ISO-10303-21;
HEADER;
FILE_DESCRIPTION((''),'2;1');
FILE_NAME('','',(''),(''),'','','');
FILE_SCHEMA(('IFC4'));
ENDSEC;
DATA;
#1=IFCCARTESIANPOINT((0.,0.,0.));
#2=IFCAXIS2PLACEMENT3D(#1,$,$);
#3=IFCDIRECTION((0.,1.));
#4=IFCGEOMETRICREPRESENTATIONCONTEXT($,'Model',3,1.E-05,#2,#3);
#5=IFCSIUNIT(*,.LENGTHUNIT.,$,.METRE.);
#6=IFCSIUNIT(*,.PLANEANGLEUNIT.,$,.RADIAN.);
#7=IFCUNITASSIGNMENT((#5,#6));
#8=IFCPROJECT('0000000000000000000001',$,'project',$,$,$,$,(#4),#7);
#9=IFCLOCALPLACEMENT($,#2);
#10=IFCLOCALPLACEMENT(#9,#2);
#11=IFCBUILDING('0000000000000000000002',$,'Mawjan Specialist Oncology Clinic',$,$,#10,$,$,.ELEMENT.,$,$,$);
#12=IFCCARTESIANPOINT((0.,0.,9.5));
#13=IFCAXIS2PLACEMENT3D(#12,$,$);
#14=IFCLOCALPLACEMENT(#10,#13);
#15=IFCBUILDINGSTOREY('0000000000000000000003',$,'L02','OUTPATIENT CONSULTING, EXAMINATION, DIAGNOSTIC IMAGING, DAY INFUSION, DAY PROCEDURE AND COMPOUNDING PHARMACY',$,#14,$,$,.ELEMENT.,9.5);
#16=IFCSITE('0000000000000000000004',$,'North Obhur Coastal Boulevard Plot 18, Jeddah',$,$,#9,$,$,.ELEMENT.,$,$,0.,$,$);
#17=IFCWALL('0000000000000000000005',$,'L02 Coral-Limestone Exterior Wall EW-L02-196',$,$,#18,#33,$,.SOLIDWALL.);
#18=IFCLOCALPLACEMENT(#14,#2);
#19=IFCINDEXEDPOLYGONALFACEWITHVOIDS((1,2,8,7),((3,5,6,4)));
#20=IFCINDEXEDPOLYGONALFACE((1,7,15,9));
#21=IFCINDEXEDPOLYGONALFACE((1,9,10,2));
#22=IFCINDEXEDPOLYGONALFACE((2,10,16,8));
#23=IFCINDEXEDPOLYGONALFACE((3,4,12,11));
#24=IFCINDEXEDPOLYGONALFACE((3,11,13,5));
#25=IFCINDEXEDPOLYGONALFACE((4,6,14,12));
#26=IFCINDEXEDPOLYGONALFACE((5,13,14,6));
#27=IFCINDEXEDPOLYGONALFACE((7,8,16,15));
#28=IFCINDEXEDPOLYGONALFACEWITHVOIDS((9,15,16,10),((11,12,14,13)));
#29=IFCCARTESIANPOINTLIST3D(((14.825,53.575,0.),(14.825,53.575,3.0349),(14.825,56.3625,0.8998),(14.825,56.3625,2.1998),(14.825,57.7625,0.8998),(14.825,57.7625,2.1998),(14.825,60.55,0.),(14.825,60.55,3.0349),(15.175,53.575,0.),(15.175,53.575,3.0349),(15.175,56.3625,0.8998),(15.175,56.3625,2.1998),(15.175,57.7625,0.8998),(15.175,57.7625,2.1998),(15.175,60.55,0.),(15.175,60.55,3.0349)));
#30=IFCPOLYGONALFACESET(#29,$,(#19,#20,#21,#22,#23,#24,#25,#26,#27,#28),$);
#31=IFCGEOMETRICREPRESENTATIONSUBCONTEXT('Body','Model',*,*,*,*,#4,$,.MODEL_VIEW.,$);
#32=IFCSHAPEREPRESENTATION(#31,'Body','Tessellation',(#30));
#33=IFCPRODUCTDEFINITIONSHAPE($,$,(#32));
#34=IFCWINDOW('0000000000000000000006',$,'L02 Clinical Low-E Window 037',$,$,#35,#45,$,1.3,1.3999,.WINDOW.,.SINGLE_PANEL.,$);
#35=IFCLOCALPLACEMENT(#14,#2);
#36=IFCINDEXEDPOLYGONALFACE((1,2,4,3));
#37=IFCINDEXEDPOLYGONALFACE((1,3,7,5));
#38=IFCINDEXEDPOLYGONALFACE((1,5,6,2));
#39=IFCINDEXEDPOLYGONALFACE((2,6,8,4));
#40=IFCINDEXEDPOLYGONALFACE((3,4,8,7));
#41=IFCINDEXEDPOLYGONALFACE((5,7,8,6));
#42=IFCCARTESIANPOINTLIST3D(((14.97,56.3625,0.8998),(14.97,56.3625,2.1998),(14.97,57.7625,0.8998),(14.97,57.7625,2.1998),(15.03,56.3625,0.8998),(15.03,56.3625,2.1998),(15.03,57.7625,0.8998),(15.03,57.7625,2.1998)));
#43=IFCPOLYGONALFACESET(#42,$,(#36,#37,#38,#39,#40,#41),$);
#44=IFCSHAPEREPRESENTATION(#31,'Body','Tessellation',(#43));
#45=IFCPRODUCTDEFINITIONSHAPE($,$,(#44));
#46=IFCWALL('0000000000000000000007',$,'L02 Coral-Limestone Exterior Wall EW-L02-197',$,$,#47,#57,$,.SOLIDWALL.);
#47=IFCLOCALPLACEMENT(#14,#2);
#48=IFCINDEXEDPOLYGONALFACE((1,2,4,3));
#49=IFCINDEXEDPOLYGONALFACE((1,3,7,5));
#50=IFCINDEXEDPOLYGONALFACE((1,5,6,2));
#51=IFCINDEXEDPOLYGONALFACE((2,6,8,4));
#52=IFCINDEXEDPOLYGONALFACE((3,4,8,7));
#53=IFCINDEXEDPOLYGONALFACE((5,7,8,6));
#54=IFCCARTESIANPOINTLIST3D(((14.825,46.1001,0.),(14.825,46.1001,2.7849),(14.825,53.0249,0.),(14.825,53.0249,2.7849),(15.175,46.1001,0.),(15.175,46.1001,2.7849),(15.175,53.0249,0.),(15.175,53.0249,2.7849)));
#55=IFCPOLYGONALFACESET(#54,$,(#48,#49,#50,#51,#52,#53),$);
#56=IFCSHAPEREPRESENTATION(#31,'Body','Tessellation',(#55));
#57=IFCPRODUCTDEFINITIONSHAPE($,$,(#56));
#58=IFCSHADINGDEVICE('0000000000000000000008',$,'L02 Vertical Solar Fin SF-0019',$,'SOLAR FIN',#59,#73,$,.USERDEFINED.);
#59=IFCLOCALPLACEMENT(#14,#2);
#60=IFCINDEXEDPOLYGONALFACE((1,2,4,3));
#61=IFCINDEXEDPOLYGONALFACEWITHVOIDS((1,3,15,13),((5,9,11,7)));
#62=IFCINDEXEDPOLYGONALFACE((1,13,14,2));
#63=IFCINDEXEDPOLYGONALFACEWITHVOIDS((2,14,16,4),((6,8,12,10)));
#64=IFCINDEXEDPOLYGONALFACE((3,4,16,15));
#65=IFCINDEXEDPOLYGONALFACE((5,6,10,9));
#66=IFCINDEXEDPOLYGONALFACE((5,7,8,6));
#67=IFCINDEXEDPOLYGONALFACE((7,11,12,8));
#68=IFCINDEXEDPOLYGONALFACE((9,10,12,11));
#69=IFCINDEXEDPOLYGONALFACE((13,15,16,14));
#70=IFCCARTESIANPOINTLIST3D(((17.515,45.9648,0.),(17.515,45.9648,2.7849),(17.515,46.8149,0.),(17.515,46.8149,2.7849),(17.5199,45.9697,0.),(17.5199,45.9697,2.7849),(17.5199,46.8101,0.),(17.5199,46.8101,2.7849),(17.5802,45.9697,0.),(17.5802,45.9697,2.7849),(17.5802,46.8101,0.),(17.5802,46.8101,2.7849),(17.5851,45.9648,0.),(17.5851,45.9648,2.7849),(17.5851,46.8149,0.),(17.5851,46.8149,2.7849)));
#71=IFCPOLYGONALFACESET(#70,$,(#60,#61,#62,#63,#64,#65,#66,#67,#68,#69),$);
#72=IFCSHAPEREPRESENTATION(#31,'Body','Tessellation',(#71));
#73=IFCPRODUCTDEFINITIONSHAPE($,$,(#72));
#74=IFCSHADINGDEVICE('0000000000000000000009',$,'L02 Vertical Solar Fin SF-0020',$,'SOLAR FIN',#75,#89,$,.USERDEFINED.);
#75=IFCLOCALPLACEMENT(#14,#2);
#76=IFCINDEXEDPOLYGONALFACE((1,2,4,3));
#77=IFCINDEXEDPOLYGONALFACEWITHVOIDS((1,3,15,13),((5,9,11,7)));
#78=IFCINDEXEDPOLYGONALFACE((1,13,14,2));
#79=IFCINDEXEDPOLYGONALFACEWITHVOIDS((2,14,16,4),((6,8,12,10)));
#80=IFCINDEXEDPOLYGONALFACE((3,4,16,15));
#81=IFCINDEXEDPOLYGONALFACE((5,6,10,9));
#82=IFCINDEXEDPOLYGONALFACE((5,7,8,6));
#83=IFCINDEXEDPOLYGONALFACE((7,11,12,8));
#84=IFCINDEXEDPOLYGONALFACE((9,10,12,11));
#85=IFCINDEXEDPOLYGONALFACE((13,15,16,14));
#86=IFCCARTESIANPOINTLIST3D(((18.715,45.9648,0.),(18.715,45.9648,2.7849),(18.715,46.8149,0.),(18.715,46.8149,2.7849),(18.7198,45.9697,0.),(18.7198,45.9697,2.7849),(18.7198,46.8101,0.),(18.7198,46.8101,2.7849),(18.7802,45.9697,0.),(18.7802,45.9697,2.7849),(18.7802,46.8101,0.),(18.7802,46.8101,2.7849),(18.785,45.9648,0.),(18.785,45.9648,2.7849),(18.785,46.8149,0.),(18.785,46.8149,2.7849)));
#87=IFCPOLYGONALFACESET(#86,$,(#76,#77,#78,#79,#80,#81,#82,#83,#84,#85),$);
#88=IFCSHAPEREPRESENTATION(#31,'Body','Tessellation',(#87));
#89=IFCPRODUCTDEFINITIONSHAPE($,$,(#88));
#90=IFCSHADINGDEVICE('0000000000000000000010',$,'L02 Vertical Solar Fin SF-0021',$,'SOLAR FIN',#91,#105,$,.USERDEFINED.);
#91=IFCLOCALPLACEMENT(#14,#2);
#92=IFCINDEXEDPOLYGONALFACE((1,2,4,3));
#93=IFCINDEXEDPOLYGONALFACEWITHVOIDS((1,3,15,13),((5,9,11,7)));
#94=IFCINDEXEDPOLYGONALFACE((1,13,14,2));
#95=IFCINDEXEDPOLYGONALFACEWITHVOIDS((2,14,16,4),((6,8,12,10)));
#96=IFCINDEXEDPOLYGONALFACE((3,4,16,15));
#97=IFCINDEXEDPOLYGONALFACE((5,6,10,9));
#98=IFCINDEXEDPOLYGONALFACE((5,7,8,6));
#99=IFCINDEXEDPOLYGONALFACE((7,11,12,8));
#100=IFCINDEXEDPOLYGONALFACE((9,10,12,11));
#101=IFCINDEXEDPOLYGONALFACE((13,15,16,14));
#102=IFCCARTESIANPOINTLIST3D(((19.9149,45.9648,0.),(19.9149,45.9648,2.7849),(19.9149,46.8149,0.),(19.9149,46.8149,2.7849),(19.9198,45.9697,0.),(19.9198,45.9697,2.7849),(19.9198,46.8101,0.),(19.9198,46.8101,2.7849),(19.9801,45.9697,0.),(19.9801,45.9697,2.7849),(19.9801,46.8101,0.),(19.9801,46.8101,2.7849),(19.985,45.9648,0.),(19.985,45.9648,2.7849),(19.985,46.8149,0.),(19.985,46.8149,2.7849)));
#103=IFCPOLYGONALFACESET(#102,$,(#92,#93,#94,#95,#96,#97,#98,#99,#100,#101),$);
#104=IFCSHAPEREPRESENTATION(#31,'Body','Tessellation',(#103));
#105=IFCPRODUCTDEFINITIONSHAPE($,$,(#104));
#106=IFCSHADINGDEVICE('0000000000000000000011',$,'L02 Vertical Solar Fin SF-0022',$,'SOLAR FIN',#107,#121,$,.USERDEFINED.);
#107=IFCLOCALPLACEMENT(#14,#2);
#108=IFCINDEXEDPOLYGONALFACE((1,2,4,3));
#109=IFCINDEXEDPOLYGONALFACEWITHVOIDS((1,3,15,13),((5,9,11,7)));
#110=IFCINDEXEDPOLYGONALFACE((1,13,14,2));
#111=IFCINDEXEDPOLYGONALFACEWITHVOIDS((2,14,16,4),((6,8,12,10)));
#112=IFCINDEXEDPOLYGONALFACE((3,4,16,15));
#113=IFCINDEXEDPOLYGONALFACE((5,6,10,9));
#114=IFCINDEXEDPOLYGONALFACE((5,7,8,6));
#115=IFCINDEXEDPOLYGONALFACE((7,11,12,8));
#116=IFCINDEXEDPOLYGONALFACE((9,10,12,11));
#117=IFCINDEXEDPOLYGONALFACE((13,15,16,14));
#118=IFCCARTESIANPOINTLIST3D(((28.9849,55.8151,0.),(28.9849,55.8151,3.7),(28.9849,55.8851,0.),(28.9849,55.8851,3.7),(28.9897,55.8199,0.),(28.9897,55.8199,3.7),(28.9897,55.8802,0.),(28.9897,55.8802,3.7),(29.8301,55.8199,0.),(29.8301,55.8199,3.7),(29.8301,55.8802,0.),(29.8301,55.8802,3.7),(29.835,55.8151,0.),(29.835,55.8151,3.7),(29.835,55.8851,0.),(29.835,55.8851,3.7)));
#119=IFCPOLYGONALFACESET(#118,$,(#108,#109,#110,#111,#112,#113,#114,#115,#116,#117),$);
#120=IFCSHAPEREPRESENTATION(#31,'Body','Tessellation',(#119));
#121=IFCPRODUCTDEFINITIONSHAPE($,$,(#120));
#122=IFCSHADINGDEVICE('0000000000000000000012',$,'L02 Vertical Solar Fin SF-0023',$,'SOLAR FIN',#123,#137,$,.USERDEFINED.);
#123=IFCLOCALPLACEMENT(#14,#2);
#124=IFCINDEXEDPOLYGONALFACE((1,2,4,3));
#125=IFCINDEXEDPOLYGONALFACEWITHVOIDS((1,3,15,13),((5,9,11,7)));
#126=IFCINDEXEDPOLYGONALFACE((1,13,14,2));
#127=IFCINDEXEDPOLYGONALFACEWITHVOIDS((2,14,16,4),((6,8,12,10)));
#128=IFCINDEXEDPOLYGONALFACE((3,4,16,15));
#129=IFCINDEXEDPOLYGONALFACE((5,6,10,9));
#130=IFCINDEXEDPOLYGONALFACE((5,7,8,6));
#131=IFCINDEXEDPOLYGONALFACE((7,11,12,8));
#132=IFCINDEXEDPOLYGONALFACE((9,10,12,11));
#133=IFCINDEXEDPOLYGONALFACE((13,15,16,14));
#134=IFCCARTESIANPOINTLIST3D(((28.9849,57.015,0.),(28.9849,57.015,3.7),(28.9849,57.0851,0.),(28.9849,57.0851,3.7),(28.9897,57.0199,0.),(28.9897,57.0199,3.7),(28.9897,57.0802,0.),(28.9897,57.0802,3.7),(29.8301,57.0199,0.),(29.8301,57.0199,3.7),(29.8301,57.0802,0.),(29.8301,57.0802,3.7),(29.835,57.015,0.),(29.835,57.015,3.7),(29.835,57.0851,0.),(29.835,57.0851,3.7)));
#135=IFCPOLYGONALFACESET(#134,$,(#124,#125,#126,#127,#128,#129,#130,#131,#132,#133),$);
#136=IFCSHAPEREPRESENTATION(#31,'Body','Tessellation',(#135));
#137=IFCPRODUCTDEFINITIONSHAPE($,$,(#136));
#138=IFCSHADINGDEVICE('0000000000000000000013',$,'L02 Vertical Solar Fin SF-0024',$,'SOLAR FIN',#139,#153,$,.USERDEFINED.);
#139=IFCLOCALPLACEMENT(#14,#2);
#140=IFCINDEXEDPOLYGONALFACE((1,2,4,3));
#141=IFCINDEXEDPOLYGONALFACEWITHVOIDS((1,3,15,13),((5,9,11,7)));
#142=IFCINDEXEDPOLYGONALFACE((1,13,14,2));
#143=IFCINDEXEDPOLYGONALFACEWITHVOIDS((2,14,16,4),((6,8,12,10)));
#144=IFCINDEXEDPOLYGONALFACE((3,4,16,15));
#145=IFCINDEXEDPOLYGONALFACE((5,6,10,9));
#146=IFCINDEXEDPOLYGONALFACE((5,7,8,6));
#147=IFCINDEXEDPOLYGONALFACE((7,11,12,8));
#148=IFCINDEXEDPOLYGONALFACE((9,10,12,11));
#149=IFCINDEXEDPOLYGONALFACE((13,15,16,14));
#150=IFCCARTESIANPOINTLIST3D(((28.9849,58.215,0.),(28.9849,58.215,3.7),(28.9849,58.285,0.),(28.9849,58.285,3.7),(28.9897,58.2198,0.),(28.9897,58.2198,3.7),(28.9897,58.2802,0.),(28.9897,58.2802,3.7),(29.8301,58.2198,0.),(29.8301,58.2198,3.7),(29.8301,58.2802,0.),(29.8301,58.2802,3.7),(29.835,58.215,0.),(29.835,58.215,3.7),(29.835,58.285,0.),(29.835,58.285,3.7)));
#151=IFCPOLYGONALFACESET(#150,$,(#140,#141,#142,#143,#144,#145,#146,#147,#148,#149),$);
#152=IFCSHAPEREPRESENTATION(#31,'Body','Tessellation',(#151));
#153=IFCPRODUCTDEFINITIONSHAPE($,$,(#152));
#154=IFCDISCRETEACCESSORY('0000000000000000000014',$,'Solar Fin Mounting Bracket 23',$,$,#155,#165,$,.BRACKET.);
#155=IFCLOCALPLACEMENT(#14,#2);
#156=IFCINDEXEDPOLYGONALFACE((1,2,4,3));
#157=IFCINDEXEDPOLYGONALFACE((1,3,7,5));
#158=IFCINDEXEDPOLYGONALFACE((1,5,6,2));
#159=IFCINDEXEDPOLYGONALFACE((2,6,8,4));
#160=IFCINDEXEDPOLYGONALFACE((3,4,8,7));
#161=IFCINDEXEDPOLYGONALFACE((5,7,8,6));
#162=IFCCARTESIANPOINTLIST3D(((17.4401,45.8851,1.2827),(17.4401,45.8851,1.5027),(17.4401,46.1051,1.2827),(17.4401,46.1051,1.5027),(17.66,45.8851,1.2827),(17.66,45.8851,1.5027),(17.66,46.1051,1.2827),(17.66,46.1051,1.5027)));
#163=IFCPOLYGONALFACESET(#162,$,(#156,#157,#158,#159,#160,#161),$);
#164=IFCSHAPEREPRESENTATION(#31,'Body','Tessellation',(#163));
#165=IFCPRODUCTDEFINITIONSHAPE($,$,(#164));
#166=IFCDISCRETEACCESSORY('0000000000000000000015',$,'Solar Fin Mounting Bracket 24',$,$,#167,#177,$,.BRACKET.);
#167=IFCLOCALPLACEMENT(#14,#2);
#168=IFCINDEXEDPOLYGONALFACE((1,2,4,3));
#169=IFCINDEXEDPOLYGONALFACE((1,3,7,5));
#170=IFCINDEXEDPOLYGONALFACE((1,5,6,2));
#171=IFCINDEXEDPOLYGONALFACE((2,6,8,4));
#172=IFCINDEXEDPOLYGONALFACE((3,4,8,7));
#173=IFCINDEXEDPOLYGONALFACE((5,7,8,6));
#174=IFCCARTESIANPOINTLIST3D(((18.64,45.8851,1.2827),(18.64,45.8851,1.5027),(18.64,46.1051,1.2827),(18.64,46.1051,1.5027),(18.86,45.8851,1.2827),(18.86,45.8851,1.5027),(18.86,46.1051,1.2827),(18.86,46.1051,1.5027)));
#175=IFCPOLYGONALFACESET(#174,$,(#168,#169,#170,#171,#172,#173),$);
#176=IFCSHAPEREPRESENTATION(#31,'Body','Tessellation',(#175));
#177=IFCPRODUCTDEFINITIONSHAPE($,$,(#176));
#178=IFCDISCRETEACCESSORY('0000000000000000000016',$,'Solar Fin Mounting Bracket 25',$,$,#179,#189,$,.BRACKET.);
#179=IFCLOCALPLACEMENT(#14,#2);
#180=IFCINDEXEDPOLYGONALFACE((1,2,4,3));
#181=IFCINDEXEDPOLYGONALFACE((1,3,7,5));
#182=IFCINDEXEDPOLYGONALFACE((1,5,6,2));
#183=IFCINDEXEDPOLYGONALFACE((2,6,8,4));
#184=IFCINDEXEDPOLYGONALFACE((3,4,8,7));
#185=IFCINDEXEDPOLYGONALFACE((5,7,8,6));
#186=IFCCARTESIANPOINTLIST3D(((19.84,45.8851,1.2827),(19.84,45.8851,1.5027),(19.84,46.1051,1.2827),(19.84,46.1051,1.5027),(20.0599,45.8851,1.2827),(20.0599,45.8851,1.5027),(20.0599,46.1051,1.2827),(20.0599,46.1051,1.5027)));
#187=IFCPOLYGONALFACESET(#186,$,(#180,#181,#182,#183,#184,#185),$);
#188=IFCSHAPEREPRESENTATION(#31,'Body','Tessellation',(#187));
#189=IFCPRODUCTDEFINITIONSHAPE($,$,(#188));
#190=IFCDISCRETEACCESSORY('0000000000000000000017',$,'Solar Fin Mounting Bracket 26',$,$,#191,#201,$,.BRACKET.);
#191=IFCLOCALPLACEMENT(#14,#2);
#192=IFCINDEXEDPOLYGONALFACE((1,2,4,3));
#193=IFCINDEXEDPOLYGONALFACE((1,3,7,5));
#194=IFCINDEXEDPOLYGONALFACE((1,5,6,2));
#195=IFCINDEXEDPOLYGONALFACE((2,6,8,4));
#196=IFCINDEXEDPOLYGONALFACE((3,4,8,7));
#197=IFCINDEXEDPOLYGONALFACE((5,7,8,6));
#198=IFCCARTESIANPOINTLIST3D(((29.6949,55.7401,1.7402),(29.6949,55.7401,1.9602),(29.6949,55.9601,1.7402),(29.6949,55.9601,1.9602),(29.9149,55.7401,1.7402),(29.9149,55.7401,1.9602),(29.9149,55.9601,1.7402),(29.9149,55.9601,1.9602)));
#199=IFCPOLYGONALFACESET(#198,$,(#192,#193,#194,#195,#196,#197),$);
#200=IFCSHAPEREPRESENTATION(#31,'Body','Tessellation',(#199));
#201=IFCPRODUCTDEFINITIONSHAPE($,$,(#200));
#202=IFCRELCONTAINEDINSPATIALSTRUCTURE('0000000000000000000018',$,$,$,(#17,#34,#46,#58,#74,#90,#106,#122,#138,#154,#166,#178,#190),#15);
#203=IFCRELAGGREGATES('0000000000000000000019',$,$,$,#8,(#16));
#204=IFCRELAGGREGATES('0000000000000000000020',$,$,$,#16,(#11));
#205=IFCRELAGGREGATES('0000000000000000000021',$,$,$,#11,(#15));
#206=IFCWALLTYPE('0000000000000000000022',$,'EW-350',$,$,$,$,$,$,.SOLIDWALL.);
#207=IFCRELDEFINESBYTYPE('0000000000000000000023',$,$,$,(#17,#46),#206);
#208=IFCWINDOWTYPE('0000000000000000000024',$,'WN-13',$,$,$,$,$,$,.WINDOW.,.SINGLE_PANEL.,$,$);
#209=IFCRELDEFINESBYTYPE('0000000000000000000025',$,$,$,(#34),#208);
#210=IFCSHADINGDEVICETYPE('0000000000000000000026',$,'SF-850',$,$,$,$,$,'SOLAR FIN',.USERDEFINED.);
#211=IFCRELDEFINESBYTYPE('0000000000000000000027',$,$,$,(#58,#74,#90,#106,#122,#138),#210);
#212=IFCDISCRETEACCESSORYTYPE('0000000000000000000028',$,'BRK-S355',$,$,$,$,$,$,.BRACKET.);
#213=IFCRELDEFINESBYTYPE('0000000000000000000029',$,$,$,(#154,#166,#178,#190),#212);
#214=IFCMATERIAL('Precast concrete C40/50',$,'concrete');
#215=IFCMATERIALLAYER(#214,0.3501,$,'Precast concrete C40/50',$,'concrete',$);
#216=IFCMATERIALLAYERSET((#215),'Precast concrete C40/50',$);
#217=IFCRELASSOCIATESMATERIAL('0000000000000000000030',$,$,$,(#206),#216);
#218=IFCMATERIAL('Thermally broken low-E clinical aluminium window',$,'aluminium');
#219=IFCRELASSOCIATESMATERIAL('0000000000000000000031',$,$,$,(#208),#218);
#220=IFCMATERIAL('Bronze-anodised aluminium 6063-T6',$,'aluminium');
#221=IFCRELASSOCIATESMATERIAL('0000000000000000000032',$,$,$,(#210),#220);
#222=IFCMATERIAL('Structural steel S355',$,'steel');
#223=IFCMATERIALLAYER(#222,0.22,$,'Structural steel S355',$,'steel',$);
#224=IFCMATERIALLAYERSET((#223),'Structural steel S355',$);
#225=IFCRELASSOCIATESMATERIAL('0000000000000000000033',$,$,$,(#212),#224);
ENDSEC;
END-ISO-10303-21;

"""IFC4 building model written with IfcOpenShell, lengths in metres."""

from ifc_helpers import new_model, si_unit, direction, frame, frame_2d, origin, origin_2d, place, context, subcontext, project, spatial, rectangle, hollow_rectangle, extrude, material, layer, layer_set, material_profile, profile_set, type_object, element, fill, save


model = new_model("IFC4")

# Units and contexts
model_context = context("Model", 3, precision=1e-05, world=origin(), true_north=direction((0.0, 1.0)))
body_context = subcontext(model_context, "Body", "Model", "MODEL_VIEW")
ifc_project = project(units=[si_unit("LENGTHUNIT", "METRE"), si_unit("PLANEANGLEUNIT", "RADIAN")], contexts=[model_context])

# Site, building, storey
site_placement = place(None, origin())
site = spatial("IfcSite", under=ifc_project, at=site_placement, Name="North Obhur Coastal Boulevard Plot 18, Jeddah", CompositionType="ELEMENT", RefElevation=0.0)
building_placement = place(site_placement, origin())
building = spatial("IfcBuilding", under=site, at=building_placement, Name="Mawjan Specialist Oncology Clinic", CompositionType="ELEMENT")
storey_placement = place(building_placement, frame((0.0, 0.0, 9.5)))
storey = spatial("IfcBuildingStorey", under=building, at=storey_placement, Name="L02", Description="OUTPATIENT CONSULTING, EXAMINATION, DIAGNOSTIC IMAGING, DAY INFUSION, DAY PROCEDURE AND COMPOUNDING PHARMACY", CompositionType="ELEMENT", Elevation=9.5)

# Shared definitions
ifc_material_1 = material(Name="Precast concrete C40/50", Category="concrete")
ifc_layer_1 = layer(ifc_material_1, 0.3501, Name="Precast concrete C40/50", Category="concrete")
ifc_layer_set_1 = layer_set([ifc_layer_1], Name="Precast concrete C40/50")
wall_type = type_object("IfcWallType", Name="EW-350", PredefinedType="SOLIDWALL", material=ifc_layer_set_1)

# Wall, opening, window
wall_1_placement = place(storey_placement, frame((15.0, 60.55, 0.0), z_axis=(0.0, 0.0, 1.0), x_axis=(0.0, -1.0, 0.0)))
wall_1 = element("IfcWall", 1, at=wall_1_placement, inside=storey, type_object=wall_type, Name="L02 Coral-Limestone Exterior Wall EW-L02-196", PredefinedType="SOLIDWALL", context=body_context, shape_type="SweptSolid", body=[
    extrude(rectangle(XDim=6.9751, YDim=0.3501, at=frame_2d((3.4875, 0.0))), origin(), (0.0, 0.0, 1.0), 3.0349),
])
opening_placement = place(wall_1_placement, frame((2.7876, 0.0, 0.8999)))
opening = element("IfcOpeningElement", 2, at=opening_placement, cuts=wall_1, PredefinedType="OPENING", context=body_context, shape_type="SweptSolid", body=[
    extrude(rectangle(XDim=1.3999, YDim=1.3, at=frame_2d((0.7, 0.6499))), frame((0.0, 0.187, 0.0), z_axis=(0.0, -1.0, 0.0), x_axis=(1.0, 0.0, 0.0)), (0.0, 0.0, 1.0), 0.374),
])
ifc_material_2 = material(Name="Thermally broken low-E clinical aluminium window", Category="aluminium")
window_type = type_object("IfcWindowType", Name="WN-13", PartitioningType="SINGLE_PANEL", PredefinedType="WINDOW", material=ifc_material_2)
window_placement = place(opening_placement, origin())
window = element("IfcWindow", 3, at=window_placement, inside=storey, type_object=window_type, Name="L02 Clinical Low-E Window 037", OverallHeight=1.3, OverallWidth=1.3999, PartitioningType="SINGLE_PANEL", PredefinedType="WINDOW", context=body_context, shape_type="SweptSolid", body=[
    extrude(rectangle(XDim=1.3999, YDim=1.3, at=frame_2d((0.7, 0.6499))), frame((0.0, 0.03, 0.0), z_axis=(0.0, -1.0, 0.0), x_axis=(1.0, 0.0, 0.0)), (0.0, 0.0, 1.0), 0.0601),
])
fill(opening, window)

# Wall
wall_2_placement = place(storey_placement, frame((15.0, 53.0249, 0.0), z_axis=(0.0, 0.0, 1.0), x_axis=(0.0, -1.0, 0.0)))
element("IfcWall", 4, at=wall_2_placement, inside=storey, type_object=wall_type, Name="L02 Coral-Limestone Exterior Wall EW-L02-197", PredefinedType="SOLIDWALL", context=body_context, shape_type="SweptSolid", body=[
    extrude(rectangle(XDim=6.9248, YDim=0.3501, at=frame_2d((3.4624, 0.0))), origin(), (0.0, 0.0, 1.0), 2.7849),
])

# Shading devices
ifc_material_3 = material(Name="Bronze-anodised aluminium 6063-T6", Category="aluminium")
ifc_material_profile_1 = material_profile(ifc_material_3, hollow_rectangle(XDim=0.0701, YDim=0.8501, WallThickness=0.0049, at=origin_2d()), Name="FIN 850x70x5", Category="aluminium")
ifc_profile_set_1 = profile_set([ifc_material_profile_1], Name="Bronze-anodised aluminium 6063-T6")
shading_device_type = type_object("IfcShadingDeviceType", Name="SF-850", ElementType="SOLAR FIN", PredefinedType="USERDEFINED", material=ifc_profile_set_1)
for number, where, z_axis, x_axis, name in (
    (5, (17.55, 46.3899, 0.0), (0.0, 0.0, 1.0), (1.0, 0.0, 0.0), "L02 Vertical Solar Fin SF-0019"),
    (6, (18.75, 46.3899, 0.0), (0.0, 0.0, 1.0), (1.0, 0.0, 0.0), "L02 Vertical Solar Fin SF-0020"),
    (7, (19.95, 46.3899, 0.0), (0.0, 0.0, 1.0), (1.0, 0.0, 0.0), "L02 Vertical Solar Fin SF-0021"),
):
    element("IfcShadingDevice", number, at=place(storey_placement, frame(where, z_axis=z_axis, x_axis=x_axis)), inside=storey, type_object=shading_device_type, Name=name, ObjectType="SOLAR FIN", PredefinedType="USERDEFINED", context=body_context, shape_type="SweptSolid", body=[
        extrude(hollow_rectangle(XDim=0.0701, YDim=0.8501, WallThickness=0.0049, at=origin_2d()), origin(), (0.0, 0.0, 1.0), 2.7849),
    ])
for number, where, z_axis, x_axis, name in (
    (8, (29.4099, 55.8501, 0.0), (0.0, 0.0, 1.0), (0.0, 1.0, 0.0), "L02 Vertical Solar Fin SF-0022"),
    (9, (29.4099, 57.05, 0.0), (0.0, 0.0, 1.0), (0.0, 1.0, 0.0), "L02 Vertical Solar Fin SF-0023"),
    (10, (29.4099, 58.25, 0.0), (0.0, 0.0, 1.0), (0.0, 1.0, 0.0), "L02 Vertical Solar Fin SF-0024"),
):
    element("IfcShadingDevice", number, at=place(storey_placement, frame(where, z_axis=z_axis, x_axis=x_axis)), inside=storey, type_object=shading_device_type, Name=name, ObjectType="SOLAR FIN", PredefinedType="USERDEFINED", context=body_context, shape_type="SweptSolid", body=[
        extrude(hollow_rectangle(XDim=0.0701, YDim=0.8501, WallThickness=0.0049, at=origin_2d()), origin(), (0.0, 0.0, 1.0), 3.7),
    ])

# Discrete accessories
ifc_material_4 = material(Name="Structural steel S355", Category="steel")
ifc_layer_2 = layer(ifc_material_4, 0.22, Name="Structural steel S355", Category="steel")
ifc_layer_set_2 = layer_set([ifc_layer_2], Name="Structural steel S355")
discrete_accessory_type = type_object("IfcDiscreteAccessoryType", Name="BRK-S355", PredefinedType="BRACKET", material=ifc_layer_set_2)
for number, where, z_axis, x_axis, name in (
    (11, (17.55, 45.9951, 1.2827), (0.0, 0.0, 1.0), (1.0, 0.0, 0.0), "Solar Fin Mounting Bracket 23"),
    (12, (18.75, 45.9951, 1.2827), (0.0, 0.0, 1.0), (1.0, 0.0, 0.0), "Solar Fin Mounting Bracket 24"),
    (13, (19.95, 45.9951, 1.2827), (0.0, 0.0, 1.0), (1.0, 0.0, 0.0), "Solar Fin Mounting Bracket 25"),
    (14, (29.8049, 55.8501, 1.7402), (0.0, 0.0, 1.0), (0.0, 1.0, 0.0), "Solar Fin Mounting Bracket 26"),
):
    element("IfcDiscreteAccessory", number, at=place(storey_placement, frame(where, z_axis=z_axis, x_axis=x_axis)), inside=storey, type_object=discrete_accessory_type, Name=name, PredefinedType="BRACKET", context=body_context, shape_type="SweptSolid", body=[
        extrude(rectangle(XDim=0.22, YDim=0.22, at=origin_2d()), origin(), (0.0, 0.0, 1.0), 0.22),
    ])

save(model, "model.ifc")
